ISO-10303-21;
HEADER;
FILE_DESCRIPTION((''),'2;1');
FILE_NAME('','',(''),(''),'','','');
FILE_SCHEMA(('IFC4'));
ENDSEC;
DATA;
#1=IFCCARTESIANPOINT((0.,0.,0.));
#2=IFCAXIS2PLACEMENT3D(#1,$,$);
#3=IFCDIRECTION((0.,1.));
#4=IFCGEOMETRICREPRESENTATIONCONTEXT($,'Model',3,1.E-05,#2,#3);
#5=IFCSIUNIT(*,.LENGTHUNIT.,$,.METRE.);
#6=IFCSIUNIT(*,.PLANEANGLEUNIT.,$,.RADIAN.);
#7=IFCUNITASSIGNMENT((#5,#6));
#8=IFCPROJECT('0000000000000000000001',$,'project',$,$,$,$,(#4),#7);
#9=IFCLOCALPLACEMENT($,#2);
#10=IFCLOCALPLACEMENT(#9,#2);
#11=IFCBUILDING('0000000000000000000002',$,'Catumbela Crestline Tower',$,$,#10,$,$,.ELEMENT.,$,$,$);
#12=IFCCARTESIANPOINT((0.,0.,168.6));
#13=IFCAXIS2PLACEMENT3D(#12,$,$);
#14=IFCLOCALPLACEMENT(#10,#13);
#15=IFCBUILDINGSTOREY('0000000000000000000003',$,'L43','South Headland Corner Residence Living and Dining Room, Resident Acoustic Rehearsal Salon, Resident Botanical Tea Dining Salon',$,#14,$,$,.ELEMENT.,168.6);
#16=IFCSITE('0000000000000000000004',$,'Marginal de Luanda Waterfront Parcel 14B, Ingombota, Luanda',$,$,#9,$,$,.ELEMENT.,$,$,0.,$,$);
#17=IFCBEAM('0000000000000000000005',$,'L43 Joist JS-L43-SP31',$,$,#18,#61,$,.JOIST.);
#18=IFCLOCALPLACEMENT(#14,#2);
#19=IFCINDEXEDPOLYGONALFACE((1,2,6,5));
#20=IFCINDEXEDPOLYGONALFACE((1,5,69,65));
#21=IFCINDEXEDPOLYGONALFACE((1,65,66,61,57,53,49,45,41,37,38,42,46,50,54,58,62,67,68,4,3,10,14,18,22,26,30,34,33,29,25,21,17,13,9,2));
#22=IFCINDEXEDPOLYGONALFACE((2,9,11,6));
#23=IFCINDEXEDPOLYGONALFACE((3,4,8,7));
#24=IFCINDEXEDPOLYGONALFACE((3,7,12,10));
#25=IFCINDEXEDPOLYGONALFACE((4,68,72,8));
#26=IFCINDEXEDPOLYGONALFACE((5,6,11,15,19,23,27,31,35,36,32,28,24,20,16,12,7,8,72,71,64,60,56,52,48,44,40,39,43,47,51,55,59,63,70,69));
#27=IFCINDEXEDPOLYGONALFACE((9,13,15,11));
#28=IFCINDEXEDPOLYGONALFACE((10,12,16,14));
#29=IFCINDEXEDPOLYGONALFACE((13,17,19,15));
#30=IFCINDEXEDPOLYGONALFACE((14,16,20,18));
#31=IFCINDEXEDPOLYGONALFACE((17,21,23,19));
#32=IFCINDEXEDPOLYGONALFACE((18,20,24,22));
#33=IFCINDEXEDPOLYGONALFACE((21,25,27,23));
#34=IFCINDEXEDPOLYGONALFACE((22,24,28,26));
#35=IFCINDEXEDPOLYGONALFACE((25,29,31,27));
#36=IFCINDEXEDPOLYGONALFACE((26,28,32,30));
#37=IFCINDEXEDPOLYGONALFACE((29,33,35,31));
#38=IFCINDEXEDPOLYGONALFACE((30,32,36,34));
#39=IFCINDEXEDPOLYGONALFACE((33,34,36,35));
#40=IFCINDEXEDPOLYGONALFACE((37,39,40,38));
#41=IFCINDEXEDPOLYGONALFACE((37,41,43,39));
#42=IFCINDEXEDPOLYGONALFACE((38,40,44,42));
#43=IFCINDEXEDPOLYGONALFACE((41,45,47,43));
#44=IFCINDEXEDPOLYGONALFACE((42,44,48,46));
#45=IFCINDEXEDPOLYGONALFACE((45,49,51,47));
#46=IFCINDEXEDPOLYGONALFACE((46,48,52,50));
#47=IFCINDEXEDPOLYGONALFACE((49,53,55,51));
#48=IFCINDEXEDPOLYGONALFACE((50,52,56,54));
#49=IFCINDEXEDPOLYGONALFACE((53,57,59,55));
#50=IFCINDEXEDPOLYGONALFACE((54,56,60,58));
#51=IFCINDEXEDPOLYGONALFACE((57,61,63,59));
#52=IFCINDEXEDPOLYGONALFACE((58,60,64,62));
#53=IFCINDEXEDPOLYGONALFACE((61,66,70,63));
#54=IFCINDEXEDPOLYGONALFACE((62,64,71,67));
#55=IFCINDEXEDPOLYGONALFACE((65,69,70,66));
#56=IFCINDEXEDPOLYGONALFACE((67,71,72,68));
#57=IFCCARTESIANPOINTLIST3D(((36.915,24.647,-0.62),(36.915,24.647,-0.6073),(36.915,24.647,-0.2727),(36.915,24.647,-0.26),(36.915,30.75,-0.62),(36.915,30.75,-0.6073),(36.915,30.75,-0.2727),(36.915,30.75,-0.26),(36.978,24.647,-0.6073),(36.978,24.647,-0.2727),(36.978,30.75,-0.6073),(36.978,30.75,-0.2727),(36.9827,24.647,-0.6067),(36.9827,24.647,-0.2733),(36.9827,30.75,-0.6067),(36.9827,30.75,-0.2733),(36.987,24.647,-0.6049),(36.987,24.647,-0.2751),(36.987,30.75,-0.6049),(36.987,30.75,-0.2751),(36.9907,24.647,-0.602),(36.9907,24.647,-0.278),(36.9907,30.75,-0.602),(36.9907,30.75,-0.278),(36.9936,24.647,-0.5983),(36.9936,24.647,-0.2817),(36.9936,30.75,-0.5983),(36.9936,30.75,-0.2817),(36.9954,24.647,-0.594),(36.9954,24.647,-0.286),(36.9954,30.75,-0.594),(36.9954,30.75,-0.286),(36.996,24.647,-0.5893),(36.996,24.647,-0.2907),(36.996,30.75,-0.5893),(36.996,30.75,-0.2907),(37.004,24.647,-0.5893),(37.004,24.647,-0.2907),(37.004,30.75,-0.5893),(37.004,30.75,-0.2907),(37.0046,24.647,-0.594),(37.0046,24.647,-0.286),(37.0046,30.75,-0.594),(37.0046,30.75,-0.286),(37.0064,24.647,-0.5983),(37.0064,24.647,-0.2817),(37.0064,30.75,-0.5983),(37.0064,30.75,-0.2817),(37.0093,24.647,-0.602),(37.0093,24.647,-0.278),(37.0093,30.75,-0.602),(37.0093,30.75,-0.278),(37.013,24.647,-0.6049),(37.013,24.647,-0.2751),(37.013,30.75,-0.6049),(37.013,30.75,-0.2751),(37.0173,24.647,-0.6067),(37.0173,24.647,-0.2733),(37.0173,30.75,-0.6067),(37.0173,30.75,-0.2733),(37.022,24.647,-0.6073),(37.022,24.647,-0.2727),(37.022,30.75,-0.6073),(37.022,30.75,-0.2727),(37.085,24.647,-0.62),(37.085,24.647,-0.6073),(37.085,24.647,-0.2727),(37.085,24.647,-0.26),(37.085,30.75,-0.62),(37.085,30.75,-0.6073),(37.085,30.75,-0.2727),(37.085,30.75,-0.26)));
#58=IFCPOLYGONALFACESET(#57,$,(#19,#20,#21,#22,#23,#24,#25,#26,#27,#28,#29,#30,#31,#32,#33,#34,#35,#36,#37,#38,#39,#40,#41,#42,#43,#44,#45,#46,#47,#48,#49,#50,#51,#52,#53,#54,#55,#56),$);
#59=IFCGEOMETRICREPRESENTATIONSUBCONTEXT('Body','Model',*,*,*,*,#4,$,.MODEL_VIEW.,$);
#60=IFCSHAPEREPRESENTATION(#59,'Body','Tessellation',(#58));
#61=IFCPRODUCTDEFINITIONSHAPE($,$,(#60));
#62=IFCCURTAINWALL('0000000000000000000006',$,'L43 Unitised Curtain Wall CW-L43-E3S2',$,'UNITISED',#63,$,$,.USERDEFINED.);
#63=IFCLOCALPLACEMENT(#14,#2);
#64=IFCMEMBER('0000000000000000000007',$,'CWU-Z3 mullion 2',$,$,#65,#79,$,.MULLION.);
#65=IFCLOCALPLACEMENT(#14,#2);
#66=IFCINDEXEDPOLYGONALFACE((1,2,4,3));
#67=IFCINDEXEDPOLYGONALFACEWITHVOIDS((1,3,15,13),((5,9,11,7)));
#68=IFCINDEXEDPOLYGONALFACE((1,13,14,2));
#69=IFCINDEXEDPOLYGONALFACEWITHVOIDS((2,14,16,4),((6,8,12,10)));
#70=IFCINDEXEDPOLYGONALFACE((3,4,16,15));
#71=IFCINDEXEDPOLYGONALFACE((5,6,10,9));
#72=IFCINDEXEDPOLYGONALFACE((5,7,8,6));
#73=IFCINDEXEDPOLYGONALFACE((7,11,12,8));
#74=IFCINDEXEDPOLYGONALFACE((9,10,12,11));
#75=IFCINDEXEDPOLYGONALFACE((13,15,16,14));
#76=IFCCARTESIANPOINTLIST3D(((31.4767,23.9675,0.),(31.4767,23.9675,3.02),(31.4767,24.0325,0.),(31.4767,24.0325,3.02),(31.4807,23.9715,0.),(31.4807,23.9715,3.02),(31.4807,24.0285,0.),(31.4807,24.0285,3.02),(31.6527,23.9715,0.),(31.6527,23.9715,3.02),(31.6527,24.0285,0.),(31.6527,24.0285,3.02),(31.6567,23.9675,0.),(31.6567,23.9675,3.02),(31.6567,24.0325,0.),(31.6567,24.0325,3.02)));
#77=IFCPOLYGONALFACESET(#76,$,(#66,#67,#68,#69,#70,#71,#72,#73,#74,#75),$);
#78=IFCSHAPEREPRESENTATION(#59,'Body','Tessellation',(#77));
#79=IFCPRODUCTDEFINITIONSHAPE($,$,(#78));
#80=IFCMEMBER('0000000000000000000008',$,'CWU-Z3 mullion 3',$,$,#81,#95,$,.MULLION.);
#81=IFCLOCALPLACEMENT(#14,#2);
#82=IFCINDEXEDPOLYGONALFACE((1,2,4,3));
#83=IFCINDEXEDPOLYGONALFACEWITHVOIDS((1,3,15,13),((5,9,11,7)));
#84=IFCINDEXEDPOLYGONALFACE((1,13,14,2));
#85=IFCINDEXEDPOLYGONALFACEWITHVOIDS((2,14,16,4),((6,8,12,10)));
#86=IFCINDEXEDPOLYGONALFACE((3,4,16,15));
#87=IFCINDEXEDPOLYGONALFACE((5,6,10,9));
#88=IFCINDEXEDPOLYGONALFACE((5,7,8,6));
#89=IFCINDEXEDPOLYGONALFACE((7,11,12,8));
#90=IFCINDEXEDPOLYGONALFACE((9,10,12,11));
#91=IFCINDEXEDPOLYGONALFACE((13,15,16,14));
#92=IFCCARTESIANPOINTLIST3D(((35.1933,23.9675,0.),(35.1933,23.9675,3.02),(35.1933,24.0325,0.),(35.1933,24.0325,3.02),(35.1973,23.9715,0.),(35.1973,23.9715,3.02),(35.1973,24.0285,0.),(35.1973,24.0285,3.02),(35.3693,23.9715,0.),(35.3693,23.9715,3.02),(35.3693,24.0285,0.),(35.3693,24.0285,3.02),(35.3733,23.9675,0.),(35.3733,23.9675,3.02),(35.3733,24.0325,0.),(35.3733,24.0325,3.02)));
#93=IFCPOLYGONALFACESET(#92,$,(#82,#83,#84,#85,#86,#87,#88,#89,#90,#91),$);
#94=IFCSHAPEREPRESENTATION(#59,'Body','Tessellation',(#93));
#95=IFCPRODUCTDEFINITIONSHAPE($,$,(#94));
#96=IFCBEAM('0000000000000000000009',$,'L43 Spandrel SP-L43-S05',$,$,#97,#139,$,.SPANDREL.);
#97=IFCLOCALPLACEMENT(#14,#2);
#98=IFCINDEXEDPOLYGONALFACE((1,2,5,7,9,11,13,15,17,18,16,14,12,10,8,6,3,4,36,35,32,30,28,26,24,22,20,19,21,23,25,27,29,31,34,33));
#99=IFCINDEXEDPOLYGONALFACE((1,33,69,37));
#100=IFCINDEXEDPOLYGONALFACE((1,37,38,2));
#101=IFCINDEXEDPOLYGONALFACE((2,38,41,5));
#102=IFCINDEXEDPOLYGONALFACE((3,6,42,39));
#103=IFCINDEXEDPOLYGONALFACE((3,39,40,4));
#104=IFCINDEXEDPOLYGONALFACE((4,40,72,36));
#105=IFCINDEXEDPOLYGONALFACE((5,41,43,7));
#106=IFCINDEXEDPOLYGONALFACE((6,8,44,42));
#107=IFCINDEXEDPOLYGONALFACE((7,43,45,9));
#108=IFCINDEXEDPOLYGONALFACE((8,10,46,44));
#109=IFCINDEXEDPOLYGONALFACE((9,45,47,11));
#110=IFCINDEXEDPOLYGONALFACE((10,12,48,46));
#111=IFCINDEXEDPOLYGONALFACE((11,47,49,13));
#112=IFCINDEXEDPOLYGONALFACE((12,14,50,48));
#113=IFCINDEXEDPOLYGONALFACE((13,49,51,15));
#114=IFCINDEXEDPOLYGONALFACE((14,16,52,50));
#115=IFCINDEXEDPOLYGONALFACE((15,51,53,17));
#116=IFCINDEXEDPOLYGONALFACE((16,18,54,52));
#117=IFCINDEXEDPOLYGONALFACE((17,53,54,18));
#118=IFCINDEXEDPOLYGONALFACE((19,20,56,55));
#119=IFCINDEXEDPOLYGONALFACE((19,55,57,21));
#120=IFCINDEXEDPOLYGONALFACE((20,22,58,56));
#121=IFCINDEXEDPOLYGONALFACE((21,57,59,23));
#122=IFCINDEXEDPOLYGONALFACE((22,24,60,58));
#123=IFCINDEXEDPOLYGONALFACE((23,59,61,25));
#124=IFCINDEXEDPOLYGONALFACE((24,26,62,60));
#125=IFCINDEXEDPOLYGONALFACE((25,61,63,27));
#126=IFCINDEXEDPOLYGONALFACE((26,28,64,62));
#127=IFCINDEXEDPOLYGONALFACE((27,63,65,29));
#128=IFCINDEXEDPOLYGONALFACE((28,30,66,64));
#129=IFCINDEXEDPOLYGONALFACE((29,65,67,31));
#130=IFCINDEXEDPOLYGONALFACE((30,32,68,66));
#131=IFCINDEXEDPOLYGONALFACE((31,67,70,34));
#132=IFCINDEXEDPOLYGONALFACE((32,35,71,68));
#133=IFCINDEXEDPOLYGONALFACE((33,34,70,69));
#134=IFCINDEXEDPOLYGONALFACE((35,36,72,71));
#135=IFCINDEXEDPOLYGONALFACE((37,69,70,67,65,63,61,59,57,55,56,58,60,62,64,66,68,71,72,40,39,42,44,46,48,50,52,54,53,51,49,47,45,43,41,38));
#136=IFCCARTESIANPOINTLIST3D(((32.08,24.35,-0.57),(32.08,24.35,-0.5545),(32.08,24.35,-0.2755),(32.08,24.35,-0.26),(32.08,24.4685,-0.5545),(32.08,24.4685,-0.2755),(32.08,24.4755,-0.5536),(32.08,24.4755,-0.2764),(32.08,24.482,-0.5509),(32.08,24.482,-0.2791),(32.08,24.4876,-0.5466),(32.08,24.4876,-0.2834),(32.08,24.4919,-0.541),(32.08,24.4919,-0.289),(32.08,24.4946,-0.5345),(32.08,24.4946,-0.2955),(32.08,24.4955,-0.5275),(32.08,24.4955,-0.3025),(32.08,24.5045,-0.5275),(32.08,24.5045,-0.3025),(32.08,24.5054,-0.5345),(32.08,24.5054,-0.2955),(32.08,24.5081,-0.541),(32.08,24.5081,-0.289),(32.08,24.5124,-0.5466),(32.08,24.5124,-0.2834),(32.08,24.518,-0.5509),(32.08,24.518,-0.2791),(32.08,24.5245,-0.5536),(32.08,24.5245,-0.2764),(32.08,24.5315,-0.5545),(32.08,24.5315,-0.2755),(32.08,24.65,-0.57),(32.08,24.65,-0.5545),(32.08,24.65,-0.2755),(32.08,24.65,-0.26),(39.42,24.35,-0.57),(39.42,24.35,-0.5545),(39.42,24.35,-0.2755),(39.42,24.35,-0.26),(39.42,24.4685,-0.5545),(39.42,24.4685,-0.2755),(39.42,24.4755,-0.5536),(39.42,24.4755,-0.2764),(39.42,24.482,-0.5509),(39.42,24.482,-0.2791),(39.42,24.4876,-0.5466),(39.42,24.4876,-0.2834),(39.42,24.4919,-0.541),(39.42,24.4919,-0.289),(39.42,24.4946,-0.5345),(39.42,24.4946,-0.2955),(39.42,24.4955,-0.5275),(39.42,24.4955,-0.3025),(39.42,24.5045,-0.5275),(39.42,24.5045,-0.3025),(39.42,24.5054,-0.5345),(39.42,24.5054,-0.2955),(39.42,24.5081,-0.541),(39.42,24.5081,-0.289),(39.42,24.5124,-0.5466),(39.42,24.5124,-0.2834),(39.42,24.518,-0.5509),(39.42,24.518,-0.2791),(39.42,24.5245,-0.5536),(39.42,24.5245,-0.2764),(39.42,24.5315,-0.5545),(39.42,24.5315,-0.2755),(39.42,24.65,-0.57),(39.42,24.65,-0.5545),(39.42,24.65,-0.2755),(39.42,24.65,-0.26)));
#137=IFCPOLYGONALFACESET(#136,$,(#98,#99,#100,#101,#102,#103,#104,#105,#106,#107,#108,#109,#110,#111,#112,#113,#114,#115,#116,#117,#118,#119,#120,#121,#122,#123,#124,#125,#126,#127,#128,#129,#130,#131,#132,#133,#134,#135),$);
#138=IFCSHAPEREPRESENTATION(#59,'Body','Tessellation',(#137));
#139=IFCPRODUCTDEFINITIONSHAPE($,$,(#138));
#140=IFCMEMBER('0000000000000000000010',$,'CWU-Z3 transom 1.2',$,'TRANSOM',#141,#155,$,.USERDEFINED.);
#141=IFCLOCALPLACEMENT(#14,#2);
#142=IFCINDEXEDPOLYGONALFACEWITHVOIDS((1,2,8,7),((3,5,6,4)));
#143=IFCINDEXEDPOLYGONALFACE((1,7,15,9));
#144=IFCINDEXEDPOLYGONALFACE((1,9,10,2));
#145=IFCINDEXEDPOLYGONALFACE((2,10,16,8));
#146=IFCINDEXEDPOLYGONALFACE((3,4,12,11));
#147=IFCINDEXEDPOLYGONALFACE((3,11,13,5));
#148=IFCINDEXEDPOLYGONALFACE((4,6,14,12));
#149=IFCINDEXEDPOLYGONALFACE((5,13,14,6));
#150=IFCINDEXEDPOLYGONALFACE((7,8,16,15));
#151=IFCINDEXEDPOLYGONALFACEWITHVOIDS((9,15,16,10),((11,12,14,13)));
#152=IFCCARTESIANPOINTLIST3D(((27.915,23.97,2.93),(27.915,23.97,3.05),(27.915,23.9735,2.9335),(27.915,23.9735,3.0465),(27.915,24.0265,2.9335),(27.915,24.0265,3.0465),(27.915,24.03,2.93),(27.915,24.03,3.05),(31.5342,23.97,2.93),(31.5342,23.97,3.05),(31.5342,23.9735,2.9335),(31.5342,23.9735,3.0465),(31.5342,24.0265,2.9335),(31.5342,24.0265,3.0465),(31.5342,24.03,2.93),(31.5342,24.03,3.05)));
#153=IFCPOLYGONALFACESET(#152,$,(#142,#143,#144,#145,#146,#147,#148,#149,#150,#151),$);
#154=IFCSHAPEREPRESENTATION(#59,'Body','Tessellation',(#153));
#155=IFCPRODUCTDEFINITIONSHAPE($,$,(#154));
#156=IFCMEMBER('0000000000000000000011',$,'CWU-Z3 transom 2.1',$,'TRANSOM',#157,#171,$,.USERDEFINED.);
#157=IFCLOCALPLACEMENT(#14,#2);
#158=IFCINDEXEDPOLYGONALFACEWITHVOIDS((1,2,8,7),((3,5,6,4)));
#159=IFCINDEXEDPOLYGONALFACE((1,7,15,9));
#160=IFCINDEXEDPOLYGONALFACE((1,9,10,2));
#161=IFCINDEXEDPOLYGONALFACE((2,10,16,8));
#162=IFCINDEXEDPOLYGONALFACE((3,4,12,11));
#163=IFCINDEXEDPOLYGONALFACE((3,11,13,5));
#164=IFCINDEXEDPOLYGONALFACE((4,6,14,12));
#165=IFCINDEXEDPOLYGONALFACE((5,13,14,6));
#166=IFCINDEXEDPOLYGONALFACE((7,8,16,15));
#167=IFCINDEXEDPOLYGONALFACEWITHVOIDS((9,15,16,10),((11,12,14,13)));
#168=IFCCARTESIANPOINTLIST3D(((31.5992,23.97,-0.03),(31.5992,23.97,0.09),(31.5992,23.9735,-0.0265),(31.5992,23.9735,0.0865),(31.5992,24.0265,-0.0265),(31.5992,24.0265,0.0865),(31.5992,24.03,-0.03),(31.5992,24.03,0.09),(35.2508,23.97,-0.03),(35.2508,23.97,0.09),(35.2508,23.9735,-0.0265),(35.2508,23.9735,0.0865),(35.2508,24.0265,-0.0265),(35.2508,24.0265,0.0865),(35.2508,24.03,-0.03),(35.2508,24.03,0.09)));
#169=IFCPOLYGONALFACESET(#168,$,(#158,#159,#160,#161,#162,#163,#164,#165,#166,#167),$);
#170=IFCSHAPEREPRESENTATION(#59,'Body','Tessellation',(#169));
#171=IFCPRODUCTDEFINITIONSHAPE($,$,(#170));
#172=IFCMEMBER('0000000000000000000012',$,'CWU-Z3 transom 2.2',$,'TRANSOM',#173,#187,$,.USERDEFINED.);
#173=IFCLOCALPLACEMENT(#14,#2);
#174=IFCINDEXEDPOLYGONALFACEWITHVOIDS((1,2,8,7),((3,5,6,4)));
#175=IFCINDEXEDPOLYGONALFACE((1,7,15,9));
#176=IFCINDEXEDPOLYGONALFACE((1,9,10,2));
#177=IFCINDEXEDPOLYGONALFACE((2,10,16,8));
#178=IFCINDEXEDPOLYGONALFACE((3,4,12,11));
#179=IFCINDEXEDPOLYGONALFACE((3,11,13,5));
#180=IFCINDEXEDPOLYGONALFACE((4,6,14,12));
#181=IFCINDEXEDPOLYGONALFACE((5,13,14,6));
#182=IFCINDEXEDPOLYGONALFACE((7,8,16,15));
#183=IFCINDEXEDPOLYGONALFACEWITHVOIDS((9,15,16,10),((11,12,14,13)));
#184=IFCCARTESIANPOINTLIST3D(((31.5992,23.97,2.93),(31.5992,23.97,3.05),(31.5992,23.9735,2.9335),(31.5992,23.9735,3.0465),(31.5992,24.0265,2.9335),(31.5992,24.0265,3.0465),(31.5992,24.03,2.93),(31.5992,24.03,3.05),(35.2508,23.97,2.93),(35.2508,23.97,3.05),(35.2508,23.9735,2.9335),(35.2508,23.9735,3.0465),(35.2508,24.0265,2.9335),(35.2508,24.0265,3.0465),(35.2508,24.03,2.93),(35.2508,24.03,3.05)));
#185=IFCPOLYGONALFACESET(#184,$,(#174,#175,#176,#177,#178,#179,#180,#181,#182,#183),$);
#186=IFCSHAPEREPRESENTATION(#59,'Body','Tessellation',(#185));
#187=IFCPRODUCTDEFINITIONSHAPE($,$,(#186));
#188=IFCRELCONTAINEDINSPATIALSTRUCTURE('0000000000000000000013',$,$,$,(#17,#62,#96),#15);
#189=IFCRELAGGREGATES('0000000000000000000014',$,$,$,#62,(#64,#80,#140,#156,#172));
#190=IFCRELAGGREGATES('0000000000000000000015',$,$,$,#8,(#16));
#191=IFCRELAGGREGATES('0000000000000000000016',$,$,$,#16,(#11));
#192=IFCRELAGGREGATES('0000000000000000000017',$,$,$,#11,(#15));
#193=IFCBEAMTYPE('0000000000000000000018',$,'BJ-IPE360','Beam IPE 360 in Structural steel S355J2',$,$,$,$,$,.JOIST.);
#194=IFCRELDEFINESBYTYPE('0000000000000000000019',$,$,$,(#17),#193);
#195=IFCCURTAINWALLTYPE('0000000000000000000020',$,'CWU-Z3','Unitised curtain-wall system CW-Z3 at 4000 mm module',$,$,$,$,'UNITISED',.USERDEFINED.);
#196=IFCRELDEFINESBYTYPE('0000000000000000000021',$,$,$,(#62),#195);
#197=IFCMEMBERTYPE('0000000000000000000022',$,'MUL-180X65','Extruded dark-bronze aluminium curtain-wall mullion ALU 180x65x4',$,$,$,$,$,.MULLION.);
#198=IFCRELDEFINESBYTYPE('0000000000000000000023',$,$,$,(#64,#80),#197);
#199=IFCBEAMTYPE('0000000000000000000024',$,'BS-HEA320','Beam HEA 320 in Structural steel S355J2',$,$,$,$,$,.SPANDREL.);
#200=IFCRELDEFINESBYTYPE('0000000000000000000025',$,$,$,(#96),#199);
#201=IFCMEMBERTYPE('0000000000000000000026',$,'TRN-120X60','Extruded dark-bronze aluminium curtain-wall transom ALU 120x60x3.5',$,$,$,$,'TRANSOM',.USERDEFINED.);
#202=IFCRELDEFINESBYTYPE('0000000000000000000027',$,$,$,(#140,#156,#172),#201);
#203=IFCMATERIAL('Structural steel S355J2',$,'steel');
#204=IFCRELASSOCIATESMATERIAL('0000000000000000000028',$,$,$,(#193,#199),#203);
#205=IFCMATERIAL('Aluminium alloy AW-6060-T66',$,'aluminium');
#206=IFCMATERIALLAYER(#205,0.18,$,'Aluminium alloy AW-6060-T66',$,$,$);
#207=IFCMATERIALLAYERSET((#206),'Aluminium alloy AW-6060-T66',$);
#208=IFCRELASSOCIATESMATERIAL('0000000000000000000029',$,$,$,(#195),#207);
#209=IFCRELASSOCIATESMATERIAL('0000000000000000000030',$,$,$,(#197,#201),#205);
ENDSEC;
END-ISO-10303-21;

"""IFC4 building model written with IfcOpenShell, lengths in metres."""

from ifc_helpers import new_model, si_unit, direction, frame, origin, origin_2d, place, context, subcontext, project, spatial, hollow_rectangle, i_section, extrude, material, layer, layer_set, material_profile, profile_set, type_object, element, aggregate, save


model = new_model("IFC4")

# Units and contexts
model_context = context("Model", 3, precision=1e-05, world=origin(), true_north=direction((0.0, 1.0)))
body_context = subcontext(model_context, "Body", "Model", "MODEL_VIEW")
ifc_project = project(units=[si_unit("LENGTHUNIT", "METRE"), si_unit("PLANEANGLEUNIT", "RADIAN")], contexts=[model_context])

# Site, building, storey
site_placement = place(None, origin())
site = spatial("IfcSite", under=ifc_project, at=site_placement, Name="Marginal de Luanda Waterfront Parcel 14B, Ingombota, Luanda", CompositionType="ELEMENT", RefElevation=0.0)
building_placement = place(site_placement, origin())
building = spatial("IfcBuilding", under=site, at=building_placement, Name="Catumbela Crestline Tower", CompositionType="ELEMENT")
storey_placement = place(building_placement, frame((0.0, 0.0, 168.6)))
storey = spatial("IfcBuildingStorey", under=building, at=storey_placement, Name="L43", Description="South Headland Corner Residence Living and Dining Room, Resident Acoustic Rehearsal Salon, Resident Botanical Tea Dining Salon", CompositionType="ELEMENT", Elevation=168.6)

# Beam
ifc_material_1 = material(Name="Structural steel S355J2", Category="steel")
ifc_material_profile_1 = material_profile(ifc_material_1, i_section(OverallWidth=0.17, OverallDepth=0.36, WebThickness=0.008, FlangeThickness=0.0127, FilletRadius=0.018, at=origin_2d()), Name="IPE 360")
ifc_profile_set_1 = profile_set([ifc_material_profile_1], Name="Structural steel S355J2")
beam_type_1 = type_object("IfcBeamType", Name="BJ-IPE360", Description="Beam IPE 360 in Structural steel S355J2", PredefinedType="JOIST", material=ifc_profile_set_1)
for number, where, z_axis, x_axis, name in (
    (1, (37.0, 24.647, -0.44), (0.0, 1.0, 0.0), (-1.0, 0.0, 0.0), "L43 Joist JS-L43-SP31"),
):
    element("IfcBeam", number, at=place(storey_placement, frame(where, z_axis=z_axis, x_axis=x_axis)), inside=storey, type_object=beam_type_1, Name=name, PredefinedType="JOIST", context=body_context, shape_type="SweptSolid", body=[
        extrude(i_section(OverallWidth=0.17, OverallDepth=0.36, WebThickness=0.008, FlangeThickness=0.0127, FilletRadius=0.018, at=origin_2d()), origin(), (0.0, 0.0, 1.0), 6.103),
    ])

# Curtain wall, members
ifc_material_2 = material(Name="Aluminium alloy AW-6060-T66", Category="aluminium")
ifc_layer_1 = layer(ifc_material_2, 0.18, Name="Aluminium alloy AW-6060-T66")
ifc_layer_set_1 = layer_set([ifc_layer_1], Name="Aluminium alloy AW-6060-T66")
curtain_wall_type = type_object("IfcCurtainWallType", Name="CWU-Z3", Description="Unitised curtain-wall system CW-Z3 at 4000 mm module", ElementType="UNITISED", PredefinedType="USERDEFINED", material=ifc_layer_set_1)
curtain_wall_placement = place(storey_placement, origin())
curtain_wall = element("IfcCurtainWall", 2, at=curtain_wall_placement, inside=storey, type_object=curtain_wall_type, Name="L43 Unitised Curtain Wall CW-L43-E3S2", ObjectType="UNITISED", PredefinedType="USERDEFINED")
ifc_material_profile_2 = material_profile(ifc_material_2, hollow_rectangle(XDim=0.065, YDim=0.18, WallThickness=0.004, at=origin_2d()), Name="ALU 180x65x4")
ifc_profile_set_2 = profile_set([ifc_material_profile_2], Name="Aluminium alloy AW-6060-T66")
member_type_1 = type_object("IfcMemberType", Name="MUL-180X65", Description="Extruded dark-bronze aluminium curtain-wall mullion ALU 180x65x4", PredefinedType="MULLION", material=ifc_profile_set_2)
member_1_placement = place(storey_placement, frame((31.5667, 24.0, 0.0), z_axis=(0.0, 0.0, 1.0), x_axis=(0.0, 1.0, 0.0)))
member_1 = element("IfcMember", 3, at=member_1_placement, type_object=member_type_1, Name="CWU-Z3 mullion 2", PredefinedType="MULLION", context=body_context, shape_type="SweptSolid", body=[
    extrude(hollow_rectangle(XDim=0.065, YDim=0.18, WallThickness=0.004, at=origin_2d()), origin(), (0.0, 0.0, 1.0), 3.02),
])
member_2_placement = place(storey_placement, frame((35.2833, 24.0, 0.0), z_axis=(0.0, 0.0, 1.0), x_axis=(0.0, 1.0, 0.0)))
member_2 = element("IfcMember", 4, at=member_2_placement, type_object=member_type_1, Name="CWU-Z3 mullion 3", PredefinedType="MULLION", context=body_context, shape_type="SweptSolid", body=[
    extrude(hollow_rectangle(XDim=0.065, YDim=0.18, WallThickness=0.004, at=origin_2d()), origin(), (0.0, 0.0, 1.0), 3.02),
])

# Beam
ifc_material_profile_3 = material_profile(ifc_material_1, i_section(OverallWidth=0.3, OverallDepth=0.31, WebThickness=0.009, FlangeThickness=0.0155, FilletRadius=0.027, at=origin_2d()), Name="HEA 320")
ifc_profile_set_3 = profile_set([ifc_material_profile_3], Name="Structural steel S355J2")
beam_type_2 = type_object("IfcBeamType", Name="BS-HEA320", Description="Beam HEA 320 in Structural steel S355J2", PredefinedType="SPANDREL", material=ifc_profile_set_3)
beam_1_placement = place(storey_placement, frame((32.08, 24.5, -0.415), z_axis=(1.0, 0.0, 0.0), x_axis=(0.0, 1.0, 0.0)))
element("IfcBeam", 5, at=beam_1_placement, inside=storey, type_object=beam_type_2, Name="L43 Spandrel SP-L43-S05", PredefinedType="SPANDREL", context=body_context, shape_type="SweptSolid", body=[
    extrude(i_section(OverallWidth=0.3, OverallDepth=0.31, WebThickness=0.009, FlangeThickness=0.0155, FilletRadius=0.027, at=origin_2d()), origin(), (0.0, 0.0, 1.0), 7.34),
])

# Members
ifc_material_profile_4 = material_profile(ifc_material_2, hollow_rectangle(XDim=0.06, YDim=0.12, WallThickness=0.0035, at=origin_2d()), Name="ALU 120x60x3.5")
ifc_profile_set_4 = profile_set([ifc_material_profile_4], Name="Aluminium alloy AW-6060-T66")
member_type_2 = type_object("IfcMemberType", Name="TRN-120X60", Description="Extruded dark-bronze aluminium curtain-wall transom ALU 120x60x3.5", ElementType="TRANSOM", PredefinedType="USERDEFINED", material=ifc_profile_set_4)
member_3_placement = place(storey_placement, frame((27.915, 24.0, 2.99), z_axis=(1.0, 0.0, 0.0), x_axis=(0.0, 1.0, 0.0)))
member_3 = element("IfcMember", 6, at=member_3_placement, type_object=member_type_2, Name="CWU-Z3 transom 1.2", ObjectType="TRANSOM", PredefinedType="USERDEFINED", context=body_context, shape_type="SweptSolid", body=[
    extrude(hollow_rectangle(XDim=0.06, YDim=0.12, WallThickness=0.0035, at=origin_2d()), origin(), (0.0, 0.0, 1.0), 3.6192),
])
member_4_placement = place(storey_placement, frame((31.5992, 24.0, 0.03), z_axis=(1.0, 0.0, 0.0), x_axis=(0.0, 1.0, 0.0)))
member_4 = element("IfcMember", 7, at=member_4_placement, type_object=member_type_2, Name="CWU-Z3 transom 2.1", ObjectType="TRANSOM", PredefinedType="USERDEFINED", context=body_context, shape_type="SweptSolid", body=[
    extrude(hollow_rectangle(XDim=0.06, YDim=0.12, WallThickness=0.0035, at=origin_2d()), origin(), (0.0, 0.0, 1.0), 3.6516),
])
member_5_placement = place(storey_placement, frame((31.5992, 24.0, 2.99), z_axis=(1.0, 0.0, 0.0), x_axis=(0.0, 1.0, 0.0)))
member_5 = element("IfcMember", 8, at=member_5_placement, type_object=member_type_2, Name="CWU-Z3 transom 2.2", ObjectType="TRANSOM", PredefinedType="USERDEFINED", context=body_context, shape_type="SweptSolid", body=[
    extrude(hollow_rectangle(XDim=0.06, YDim=0.12, WallThickness=0.0035, at=origin_2d()), origin(), (0.0, 0.0, 1.0), 3.6516),
])

aggregate(curtain_wall, [member_1, member_2, member_3, member_4, member_5])

save(model, "model.ifc")
